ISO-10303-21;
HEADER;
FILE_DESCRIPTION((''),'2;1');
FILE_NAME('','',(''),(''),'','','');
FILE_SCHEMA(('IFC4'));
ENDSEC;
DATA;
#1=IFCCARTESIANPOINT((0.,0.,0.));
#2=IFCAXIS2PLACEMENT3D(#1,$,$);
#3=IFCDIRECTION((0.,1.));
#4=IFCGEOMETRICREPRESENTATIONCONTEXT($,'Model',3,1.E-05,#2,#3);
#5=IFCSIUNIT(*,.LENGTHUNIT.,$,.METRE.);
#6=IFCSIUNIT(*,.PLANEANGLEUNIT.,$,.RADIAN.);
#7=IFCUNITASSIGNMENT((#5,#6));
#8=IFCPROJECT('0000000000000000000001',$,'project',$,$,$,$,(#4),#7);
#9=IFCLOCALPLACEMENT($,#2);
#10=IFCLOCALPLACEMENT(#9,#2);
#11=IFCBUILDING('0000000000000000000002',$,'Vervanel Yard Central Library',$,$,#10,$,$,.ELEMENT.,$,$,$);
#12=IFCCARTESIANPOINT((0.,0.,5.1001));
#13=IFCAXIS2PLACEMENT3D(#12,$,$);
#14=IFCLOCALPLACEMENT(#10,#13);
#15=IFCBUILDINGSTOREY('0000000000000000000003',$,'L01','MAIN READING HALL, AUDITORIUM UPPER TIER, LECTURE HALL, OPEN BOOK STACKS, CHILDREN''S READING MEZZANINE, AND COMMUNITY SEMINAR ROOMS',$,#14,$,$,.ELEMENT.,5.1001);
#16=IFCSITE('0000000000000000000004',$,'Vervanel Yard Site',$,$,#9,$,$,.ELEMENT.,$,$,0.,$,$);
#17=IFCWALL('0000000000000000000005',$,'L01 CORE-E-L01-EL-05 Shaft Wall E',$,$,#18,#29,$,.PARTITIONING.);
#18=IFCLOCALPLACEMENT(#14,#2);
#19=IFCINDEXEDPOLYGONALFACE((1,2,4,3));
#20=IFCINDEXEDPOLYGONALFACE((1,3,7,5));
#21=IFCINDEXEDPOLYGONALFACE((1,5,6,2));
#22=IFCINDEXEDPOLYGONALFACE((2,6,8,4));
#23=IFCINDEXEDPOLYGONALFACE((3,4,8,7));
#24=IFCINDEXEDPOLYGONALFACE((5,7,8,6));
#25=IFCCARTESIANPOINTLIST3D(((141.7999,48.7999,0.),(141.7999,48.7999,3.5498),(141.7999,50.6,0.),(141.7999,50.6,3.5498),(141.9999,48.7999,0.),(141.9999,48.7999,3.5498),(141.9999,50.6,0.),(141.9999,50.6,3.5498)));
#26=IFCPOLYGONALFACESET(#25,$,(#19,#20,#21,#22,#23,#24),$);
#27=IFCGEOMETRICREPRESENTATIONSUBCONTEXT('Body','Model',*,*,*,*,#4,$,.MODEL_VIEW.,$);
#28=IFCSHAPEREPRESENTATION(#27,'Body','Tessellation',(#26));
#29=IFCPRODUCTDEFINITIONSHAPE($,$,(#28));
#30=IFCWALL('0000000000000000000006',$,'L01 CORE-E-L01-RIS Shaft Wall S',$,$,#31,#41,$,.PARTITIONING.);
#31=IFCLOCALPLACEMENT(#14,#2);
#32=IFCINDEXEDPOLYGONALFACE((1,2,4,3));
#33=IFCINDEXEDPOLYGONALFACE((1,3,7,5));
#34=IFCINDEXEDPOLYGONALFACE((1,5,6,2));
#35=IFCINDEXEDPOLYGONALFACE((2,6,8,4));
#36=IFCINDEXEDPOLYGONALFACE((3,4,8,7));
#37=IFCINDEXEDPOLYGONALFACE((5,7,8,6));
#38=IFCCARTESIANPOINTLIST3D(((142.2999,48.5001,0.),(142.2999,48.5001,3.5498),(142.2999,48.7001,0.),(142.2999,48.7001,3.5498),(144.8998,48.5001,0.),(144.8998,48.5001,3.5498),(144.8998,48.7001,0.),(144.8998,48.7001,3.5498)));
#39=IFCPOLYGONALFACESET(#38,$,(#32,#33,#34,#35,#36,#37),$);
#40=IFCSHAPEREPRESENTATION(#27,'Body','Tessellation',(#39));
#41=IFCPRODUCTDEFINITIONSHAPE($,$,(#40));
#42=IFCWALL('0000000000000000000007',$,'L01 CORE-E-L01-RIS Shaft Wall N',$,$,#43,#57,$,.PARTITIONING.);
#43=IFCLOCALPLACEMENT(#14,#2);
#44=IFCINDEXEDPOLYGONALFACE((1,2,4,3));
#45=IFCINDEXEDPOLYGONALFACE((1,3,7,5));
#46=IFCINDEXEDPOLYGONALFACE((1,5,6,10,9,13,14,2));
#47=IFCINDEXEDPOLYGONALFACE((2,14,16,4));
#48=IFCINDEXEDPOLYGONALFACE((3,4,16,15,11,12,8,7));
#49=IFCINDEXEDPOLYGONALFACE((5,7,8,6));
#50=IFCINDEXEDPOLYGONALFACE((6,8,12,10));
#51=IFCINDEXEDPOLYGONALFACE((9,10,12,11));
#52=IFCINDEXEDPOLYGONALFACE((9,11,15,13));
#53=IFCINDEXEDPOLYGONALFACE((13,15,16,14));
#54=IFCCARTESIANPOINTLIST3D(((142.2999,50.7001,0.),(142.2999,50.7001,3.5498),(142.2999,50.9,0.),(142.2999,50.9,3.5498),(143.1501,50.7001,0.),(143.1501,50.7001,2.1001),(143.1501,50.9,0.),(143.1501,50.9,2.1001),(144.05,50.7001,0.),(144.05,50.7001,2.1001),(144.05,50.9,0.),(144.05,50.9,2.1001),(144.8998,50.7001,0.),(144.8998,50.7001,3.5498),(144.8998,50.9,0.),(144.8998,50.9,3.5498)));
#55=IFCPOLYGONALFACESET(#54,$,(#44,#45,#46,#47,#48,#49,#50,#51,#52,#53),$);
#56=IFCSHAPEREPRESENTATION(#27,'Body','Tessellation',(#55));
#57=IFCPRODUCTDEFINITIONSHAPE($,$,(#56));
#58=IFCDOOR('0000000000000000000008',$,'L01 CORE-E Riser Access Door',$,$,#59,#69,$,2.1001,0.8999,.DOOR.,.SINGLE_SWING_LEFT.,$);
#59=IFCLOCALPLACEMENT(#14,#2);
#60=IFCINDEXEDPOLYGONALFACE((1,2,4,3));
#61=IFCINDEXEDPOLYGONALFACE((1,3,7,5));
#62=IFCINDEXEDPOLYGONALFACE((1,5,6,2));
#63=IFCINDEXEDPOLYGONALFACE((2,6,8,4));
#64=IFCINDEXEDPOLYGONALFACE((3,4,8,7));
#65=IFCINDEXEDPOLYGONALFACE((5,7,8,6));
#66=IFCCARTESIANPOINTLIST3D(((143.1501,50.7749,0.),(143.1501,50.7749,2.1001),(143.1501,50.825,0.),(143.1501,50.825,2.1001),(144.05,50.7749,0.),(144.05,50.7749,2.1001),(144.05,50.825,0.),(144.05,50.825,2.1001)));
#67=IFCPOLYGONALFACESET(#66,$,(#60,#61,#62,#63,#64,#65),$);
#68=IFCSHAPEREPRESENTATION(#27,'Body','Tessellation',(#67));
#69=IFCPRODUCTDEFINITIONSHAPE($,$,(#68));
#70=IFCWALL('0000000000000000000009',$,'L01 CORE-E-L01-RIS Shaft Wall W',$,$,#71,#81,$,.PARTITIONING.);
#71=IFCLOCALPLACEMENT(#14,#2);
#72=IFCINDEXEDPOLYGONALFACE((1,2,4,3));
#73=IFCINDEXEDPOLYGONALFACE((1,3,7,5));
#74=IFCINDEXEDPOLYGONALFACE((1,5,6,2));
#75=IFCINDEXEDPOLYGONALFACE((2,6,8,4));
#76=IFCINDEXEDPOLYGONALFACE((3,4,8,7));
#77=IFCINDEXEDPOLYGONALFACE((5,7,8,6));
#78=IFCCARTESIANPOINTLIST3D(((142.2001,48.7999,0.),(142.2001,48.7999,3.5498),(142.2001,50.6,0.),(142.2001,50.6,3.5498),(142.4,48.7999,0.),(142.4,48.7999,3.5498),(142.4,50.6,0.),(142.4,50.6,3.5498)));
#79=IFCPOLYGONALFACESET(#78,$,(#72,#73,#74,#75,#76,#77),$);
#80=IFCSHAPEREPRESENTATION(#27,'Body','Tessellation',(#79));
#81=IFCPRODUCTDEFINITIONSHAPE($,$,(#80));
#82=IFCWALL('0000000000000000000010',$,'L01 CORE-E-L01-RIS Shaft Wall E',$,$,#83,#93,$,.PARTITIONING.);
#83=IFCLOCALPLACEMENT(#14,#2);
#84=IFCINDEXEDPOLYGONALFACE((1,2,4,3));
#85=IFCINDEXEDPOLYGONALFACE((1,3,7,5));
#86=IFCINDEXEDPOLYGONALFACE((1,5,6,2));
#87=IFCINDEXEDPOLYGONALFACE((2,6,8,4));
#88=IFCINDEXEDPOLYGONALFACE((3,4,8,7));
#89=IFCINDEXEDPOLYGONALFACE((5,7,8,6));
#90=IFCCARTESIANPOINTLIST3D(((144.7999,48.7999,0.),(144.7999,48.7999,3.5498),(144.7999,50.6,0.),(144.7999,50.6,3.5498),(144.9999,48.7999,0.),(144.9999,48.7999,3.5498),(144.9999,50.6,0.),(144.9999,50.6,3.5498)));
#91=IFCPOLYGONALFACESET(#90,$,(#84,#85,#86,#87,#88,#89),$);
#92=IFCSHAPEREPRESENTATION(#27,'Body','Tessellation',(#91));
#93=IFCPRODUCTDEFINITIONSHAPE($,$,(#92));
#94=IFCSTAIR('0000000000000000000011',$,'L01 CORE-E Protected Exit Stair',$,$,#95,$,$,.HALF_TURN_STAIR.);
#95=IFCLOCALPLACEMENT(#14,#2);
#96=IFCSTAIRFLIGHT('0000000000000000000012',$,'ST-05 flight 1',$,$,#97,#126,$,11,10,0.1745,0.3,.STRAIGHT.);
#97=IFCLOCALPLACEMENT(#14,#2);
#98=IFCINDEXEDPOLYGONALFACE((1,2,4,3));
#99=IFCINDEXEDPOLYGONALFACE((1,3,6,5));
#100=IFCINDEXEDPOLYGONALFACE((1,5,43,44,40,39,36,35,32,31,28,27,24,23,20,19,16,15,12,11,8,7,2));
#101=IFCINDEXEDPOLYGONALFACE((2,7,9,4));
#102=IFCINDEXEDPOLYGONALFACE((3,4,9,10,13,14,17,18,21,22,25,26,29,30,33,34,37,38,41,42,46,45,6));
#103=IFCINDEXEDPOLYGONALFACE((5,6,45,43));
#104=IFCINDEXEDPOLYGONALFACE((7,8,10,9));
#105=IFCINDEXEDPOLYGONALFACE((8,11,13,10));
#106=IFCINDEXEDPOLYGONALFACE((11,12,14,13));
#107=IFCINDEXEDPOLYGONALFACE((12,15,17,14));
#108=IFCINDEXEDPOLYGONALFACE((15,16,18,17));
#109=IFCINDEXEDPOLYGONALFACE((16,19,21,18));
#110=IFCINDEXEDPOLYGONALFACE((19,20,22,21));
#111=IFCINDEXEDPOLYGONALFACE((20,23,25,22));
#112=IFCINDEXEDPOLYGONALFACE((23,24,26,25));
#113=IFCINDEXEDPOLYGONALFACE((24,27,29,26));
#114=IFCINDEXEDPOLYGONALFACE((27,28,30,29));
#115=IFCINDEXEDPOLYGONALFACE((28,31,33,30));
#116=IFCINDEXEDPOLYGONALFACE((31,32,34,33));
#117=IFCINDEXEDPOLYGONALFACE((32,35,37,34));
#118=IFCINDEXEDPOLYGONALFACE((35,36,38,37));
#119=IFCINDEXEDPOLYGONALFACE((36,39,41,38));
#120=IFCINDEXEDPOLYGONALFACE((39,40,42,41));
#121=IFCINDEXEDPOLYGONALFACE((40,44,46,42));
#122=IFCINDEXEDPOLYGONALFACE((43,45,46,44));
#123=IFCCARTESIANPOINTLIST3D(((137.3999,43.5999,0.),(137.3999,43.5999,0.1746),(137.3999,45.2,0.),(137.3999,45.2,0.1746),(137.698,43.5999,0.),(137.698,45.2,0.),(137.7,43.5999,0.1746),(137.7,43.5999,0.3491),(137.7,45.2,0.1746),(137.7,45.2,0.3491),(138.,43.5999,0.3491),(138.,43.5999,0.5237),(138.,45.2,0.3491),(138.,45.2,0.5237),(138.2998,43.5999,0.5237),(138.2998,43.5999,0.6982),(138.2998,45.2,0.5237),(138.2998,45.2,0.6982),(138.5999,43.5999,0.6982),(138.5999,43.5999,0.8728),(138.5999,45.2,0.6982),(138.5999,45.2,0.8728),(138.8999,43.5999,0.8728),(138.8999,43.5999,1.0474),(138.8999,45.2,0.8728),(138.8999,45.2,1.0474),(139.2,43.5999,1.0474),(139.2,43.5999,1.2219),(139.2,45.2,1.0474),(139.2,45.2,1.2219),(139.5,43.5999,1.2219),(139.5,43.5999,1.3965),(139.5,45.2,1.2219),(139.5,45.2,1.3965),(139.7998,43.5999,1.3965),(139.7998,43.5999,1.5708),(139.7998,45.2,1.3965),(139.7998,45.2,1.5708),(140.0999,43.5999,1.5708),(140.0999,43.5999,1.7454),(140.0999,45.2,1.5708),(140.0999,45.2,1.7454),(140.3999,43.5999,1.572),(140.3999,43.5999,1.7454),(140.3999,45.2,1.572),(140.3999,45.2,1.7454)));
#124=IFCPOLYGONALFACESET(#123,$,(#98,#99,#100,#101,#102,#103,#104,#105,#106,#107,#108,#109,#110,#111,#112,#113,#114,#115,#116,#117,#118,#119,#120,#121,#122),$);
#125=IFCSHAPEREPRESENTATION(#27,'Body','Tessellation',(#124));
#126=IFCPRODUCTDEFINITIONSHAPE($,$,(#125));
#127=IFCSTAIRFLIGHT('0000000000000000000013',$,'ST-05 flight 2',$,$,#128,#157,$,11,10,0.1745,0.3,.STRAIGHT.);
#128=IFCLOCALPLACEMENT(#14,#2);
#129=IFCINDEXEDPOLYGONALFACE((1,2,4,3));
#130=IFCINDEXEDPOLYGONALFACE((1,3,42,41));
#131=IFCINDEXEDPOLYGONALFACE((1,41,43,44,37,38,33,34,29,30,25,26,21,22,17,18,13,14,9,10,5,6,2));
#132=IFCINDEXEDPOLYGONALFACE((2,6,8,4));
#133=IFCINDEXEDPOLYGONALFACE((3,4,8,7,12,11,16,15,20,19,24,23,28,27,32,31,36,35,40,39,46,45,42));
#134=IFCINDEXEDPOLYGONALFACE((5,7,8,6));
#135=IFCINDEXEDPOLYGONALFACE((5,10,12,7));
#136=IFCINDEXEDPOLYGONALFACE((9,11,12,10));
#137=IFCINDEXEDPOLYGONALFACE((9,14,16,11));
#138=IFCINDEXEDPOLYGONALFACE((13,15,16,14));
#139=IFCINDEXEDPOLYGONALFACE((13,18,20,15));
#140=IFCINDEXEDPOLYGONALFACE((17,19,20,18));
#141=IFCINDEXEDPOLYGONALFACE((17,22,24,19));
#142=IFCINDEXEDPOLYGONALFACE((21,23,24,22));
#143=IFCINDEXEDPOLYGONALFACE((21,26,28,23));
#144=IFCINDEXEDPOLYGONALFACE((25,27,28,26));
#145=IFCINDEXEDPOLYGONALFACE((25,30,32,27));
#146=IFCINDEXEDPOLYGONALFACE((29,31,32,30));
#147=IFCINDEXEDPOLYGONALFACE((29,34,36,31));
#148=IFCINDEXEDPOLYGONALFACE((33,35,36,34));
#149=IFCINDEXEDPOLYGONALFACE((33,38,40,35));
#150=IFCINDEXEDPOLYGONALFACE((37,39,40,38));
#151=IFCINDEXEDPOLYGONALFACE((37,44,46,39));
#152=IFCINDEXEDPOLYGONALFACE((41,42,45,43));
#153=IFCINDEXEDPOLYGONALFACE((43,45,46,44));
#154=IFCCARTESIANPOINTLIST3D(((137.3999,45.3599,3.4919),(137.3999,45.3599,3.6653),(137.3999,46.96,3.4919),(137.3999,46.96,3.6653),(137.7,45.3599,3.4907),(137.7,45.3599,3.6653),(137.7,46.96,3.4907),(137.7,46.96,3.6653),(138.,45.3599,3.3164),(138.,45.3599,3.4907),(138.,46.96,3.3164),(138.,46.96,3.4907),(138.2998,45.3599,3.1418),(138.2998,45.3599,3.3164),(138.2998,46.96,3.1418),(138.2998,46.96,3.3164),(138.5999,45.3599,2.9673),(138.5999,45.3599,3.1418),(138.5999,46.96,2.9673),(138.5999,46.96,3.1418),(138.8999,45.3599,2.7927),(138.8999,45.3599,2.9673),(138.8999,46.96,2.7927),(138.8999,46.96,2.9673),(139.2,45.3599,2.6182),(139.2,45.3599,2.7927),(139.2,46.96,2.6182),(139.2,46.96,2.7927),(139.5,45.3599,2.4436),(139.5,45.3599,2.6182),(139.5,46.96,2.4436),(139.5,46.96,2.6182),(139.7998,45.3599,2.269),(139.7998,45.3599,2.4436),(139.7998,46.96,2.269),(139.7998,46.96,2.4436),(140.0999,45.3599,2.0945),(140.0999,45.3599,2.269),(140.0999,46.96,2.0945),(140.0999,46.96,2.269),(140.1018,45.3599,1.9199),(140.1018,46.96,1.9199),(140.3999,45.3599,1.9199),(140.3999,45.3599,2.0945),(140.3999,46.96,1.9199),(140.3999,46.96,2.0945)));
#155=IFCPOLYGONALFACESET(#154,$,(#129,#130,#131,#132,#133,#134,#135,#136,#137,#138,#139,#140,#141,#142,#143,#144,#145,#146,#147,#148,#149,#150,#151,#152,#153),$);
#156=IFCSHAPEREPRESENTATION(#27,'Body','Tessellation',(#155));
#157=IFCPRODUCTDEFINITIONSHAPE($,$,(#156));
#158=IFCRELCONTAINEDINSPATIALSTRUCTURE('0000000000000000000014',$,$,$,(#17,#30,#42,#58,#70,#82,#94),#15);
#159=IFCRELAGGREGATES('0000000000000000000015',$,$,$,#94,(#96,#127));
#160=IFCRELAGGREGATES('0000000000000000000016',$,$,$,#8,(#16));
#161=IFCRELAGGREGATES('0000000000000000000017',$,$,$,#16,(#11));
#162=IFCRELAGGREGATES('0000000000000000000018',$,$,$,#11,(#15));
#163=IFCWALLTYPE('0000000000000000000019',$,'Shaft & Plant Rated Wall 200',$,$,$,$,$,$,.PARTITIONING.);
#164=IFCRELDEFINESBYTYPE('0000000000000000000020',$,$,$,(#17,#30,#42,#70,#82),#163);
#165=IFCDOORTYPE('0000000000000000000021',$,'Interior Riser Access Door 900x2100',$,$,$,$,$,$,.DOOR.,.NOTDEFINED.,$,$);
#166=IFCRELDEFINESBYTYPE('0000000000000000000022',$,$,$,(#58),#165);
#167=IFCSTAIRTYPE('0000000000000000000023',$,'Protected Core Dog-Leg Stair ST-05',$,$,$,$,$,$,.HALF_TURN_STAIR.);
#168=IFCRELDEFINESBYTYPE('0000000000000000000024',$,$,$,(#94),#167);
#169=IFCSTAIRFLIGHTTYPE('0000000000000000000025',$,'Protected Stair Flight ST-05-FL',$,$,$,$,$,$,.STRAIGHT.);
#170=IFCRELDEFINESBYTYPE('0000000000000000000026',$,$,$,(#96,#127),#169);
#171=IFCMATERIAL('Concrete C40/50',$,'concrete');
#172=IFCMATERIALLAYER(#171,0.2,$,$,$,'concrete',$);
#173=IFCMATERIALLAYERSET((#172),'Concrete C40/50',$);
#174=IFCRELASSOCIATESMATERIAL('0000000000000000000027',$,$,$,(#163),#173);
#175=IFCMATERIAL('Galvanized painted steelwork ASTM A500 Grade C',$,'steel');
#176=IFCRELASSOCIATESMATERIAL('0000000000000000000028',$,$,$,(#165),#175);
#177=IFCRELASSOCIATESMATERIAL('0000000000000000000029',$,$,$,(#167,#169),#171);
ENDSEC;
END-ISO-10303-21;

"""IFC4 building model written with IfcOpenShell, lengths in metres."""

from ifc_helpers import new_model, si_unit, direction, frame, frame_2d, origin, place, context, subcontext, project, spatial, polyline, rectangle, outline, extrude, material, layer, layer_set, type_object, element, fill, aggregate, save


model = new_model("IFC4")

# Units and contexts
model_context = context("Model", 3, precision=1e-05, world=origin(), true_north=direction((0.0, 1.0)))
body_context = subcontext(model_context, "Body", "Model", "MODEL_VIEW")
ifc_project = project(units=[si_unit("LENGTHUNIT", "METRE"), si_unit("PLANEANGLEUNIT", "RADIAN")], contexts=[model_context])

# Site, building, storey
site_placement = place(None, origin())
site = spatial("IfcSite", under=ifc_project, at=site_placement, Name="Vervanel Yard Site", CompositionType="ELEMENT", RefElevation=0.0)
building_placement = place(site_placement, origin())
building = spatial("IfcBuilding", under=site, at=building_placement, Name="Vervanel Yard Central Library", CompositionType="ELEMENT")
storey_placement = place(building_placement, frame((0.0, 0.0, 5.1001)))
storey = spatial("IfcBuildingStorey", under=building, at=storey_placement, Name="L01", Description="MAIN READING HALL, AUDITORIUM UPPER TIER, LECTURE HALL, OPEN BOOK STACKS, CHILDREN'S READING MEZZANINE, AND COMMUNITY SEMINAR ROOMS", CompositionType="ELEMENT", Elevation=5.1001)

# Shared definitions
ifc_material_1 = material(Name="Galvanized painted steelwork ASTM A500 Grade C", Category="steel")

# Shared definitions
ifc_material_2 = material(Name="Concrete C40/50", Category="concrete")
ifc_layer_1 = layer(ifc_material_2, 0.2, Category="concrete")
ifc_layer_set_1 = layer_set([ifc_layer_1], Name="Concrete C40/50")
wall_type_1 = type_object("IfcWallType", Name="Shaft & Plant Rated Wall 200", PredefinedType="PARTITIONING", material=ifc_layer_set_1)

# Walls
for number, where, z_axis, x_axis, name in (
    (1, (141.8999, 48.8, 0.0), (0.0, 0.0, 1.0), (0.0, 1.0, 0.0), "L01 CORE-E-L01-EL-05 Shaft Wall E"),
):
    element("IfcWall", number, at=place(storey_placement, frame(where, z_axis=z_axis, x_axis=x_axis)), inside=storey, type_object=wall_type_1, Name=name, PredefinedType="PARTITIONING", context=body_context, shape_type="SweptSolid", body=[
        extrude(rectangle(XDim=1.8, YDim=0.2, at=frame_2d((0.8999, 0.0))), origin(), (0.0, 0.0, 1.0), 3.5498),
    ])
wall_1_placement = place(storey_placement, frame((142.3, 48.6001, 0.0), z_axis=(0.0, 0.0, 1.0), x_axis=(1.0, 0.0, 0.0)))
element("IfcWall", 2, at=wall_1_placement, inside=storey, type_object=wall_type_1, Name="L01 CORE-E-L01-RIS Shaft Wall S", PredefinedType="PARTITIONING", context=body_context, shape_type="SweptSolid", body=[
    extrude(rectangle(XDim=2.5999, YDim=0.2, at=frame_2d((1.2998, 0.0))), origin(), (0.0, 0.0, 1.0), 3.5498),
])

# Wall, opening, door
wall_2_placement = place(storey_placement, frame((142.3, 50.8, 0.0), z_axis=(0.0, 0.0, 1.0), x_axis=(1.0, 0.0, 0.0)))
wall_2 = element("IfcWall", 3, at=wall_2_placement, inside=storey, type_object=wall_type_1, Name="L01 CORE-E-L01-RIS Shaft Wall N", PredefinedType="PARTITIONING", context=body_context, shape_type="SweptSolid", body=[
    extrude(rectangle(XDim=2.5999, YDim=0.2, at=frame_2d((1.2998, 0.0))), origin(), (0.0, 0.0, 1.0), 3.5498),
])
opening_1_placement = place(wall_2_placement, frame((0.8501, 0.0, 0.0)))
opening_1 = element("IfcOpeningElement", 4, at=opening_1_placement, cuts=wall_2, PredefinedType="OPENING", context=body_context, shape_type="SweptSolid", body=[
    extrude(rectangle(XDim=0.8999, YDim=2.1001, at=frame_2d((0.45, 1.05))), frame((0.0, 0.1099, 0.0), z_axis=(0.0, -1.0, 0.0), x_axis=(1.0, 0.0, 0.0)), (0.0, 0.0, 1.0), 0.22),
])
door_type_1 = type_object("IfcDoorType", Name="Interior Riser Access Door 900x2100", OperationType="NOTDEFINED", PredefinedType="DOOR", material=ifc_material_1)
door_1_placement = place(opening_1_placement, origin())
door_1 = element("IfcDoor", 5, at=door_1_placement, inside=storey, type_object=door_type_1, Name="L01 CORE-E Riser Access Door", OperationType="SINGLE_SWING_LEFT", OverallHeight=2.1001, OverallWidth=0.8999, PredefinedType="DOOR", context=body_context, shape_type="SweptSolid", body=[
    extrude(rectangle(XDim=0.8999, YDim=2.1001, at=frame_2d((0.45, 1.05))), frame((0.0, 0.0249, 0.0), z_axis=(0.0, -1.0, 0.0), x_axis=(1.0, 0.0, 0.0)), (0.0, 0.0, 1.0), 0.05),
])
fill(opening_1, door_1)

# Walls
for number, where, z_axis, x_axis, name in (
    (6, (142.3, 48.8, 0.0), (0.0, 0.0, 1.0), (0.0, 1.0, 0.0), "L01 CORE-E-L01-RIS Shaft Wall W"),
    (7, (144.8999, 48.8, 0.0), (0.0, 0.0, 1.0), (0.0, 1.0, 0.0), "L01 CORE-E-L01-RIS Shaft Wall E"),
):
    element("IfcWall", number, at=place(storey_placement, frame(where, z_axis=z_axis, x_axis=x_axis)), inside=storey, type_object=wall_type_1, Name=name, PredefinedType="PARTITIONING", context=body_context, shape_type="SweptSolid", body=[
        extrude(rectangle(XDim=1.8, YDim=0.2, at=frame_2d((0.8999, 0.0))), origin(), (0.0, 0.0, 1.0), 3.5498),
    ])

# Stair, stair flights
stair_type = type_object("IfcStairType", Name="Protected Core Dog-Leg Stair ST-05", PredefinedType="HALF_TURN_STAIR", material=ifc_material_2)
stair_placement = place(storey_placement, origin())
stair = element("IfcStair", 8, at=stair_placement, inside=storey, type_object=stair_type, Name="L01 CORE-E Protected Exit Stair", PredefinedType="HALF_TURN_STAIR")
stair_flight_type = type_object("IfcStairFlightType", Name="Protected Stair Flight ST-05-FL", PredefinedType="STRAIGHT", material=ifc_material_2)
stair_flight_1_placement = place(storey_placement, frame((137.3999, 44.3999, 0.0), z_axis=(0.0, 0.0, 1.0), x_axis=(1.0, 0.0, 0.0)))
stair_flight_1 = element("IfcStairFlight", 9, at=stair_flight_1_placement, type_object=stair_flight_type, Name="ST-05 flight 1", NumberOfRisers=11, NumberOfTreads=10, PredefinedType="STRAIGHT", RiserHeight=0.1745, TreadLength=0.3, context=body_context, shape_type="SweptSolid", body=[
    extrude(outline(polyline([(0.0, 0.0), (0.0, 0.1746), (0.3, 0.1746), (0.3, 0.3491), (0.6001, 0.3491), (0.6001, 0.5237), (0.8999, 0.5237), (0.8999, 0.6982), (1.2, 0.6982), (1.2, 0.8728), (1.5, 0.8728), (1.5, 1.0474), (1.8, 1.0474), (1.8, 1.2219), (2.1001, 1.2219), (2.1001, 1.3965), (2.3999, 1.3965), (2.3999, 1.5708), (2.7, 1.5708), (2.7, 1.7454), (3.0, 1.7454), (3.0, 1.9199), (3.0, 1.572), (0.2981, 0.0), (0.0, 0.0)])), frame((0.0, 0.8, 0.0), z_axis=(0.0, -1.0, 0.0), x_axis=(1.0, 0.0, 0.0)), (0.0, 0.0, 1.0), 1.6001),
])
stair_flight_2_placement = place(storey_placement, frame((140.3999, 46.1599, 1.9199), z_axis=(0.0, 0.0, 1.0), x_axis=(-1.0, 0.0, 0.0)))
stair_flight_2 = element("IfcStairFlight", 10, at=stair_flight_2_placement, type_object=stair_flight_type, Name="ST-05 flight 2", NumberOfRisers=11, NumberOfTreads=10, PredefinedType="STRAIGHT", RiserHeight=0.1745, TreadLength=0.3, context=body_context, shape_type="SweptSolid", body=[
    extrude(outline(polyline([(0.0, 0.0), (0.0, 0.1746), (0.3, 0.1746), (0.3, 0.3491), (0.6001, 0.3491), (0.6001, 0.5237), (0.8999, 0.5237), (0.8999, 0.6982), (1.2, 0.6982), (1.2, 0.8728), (1.5, 0.8728), (1.5, 1.0474), (1.8, 1.0474), (1.8, 1.2219), (2.1001, 1.2219), (2.1001, 1.3965), (2.3999, 1.3965), (2.3999, 1.5708), (2.7, 1.5708), (2.7, 1.7454), (3.0, 1.7454), (3.0, 1.9199), (3.0, 1.572), (0.2981, 0.0), (0.0, 0.0)])), frame((0.0, 0.8, 0.0), z_axis=(0.0, -1.0, 0.0), x_axis=(1.0, 0.0, 0.0)), (0.0, 0.0, 1.0), 1.6001),
])
aggregate(stair, [stair_flight_1, stair_flight_2])

save(model, "model.ifc")
